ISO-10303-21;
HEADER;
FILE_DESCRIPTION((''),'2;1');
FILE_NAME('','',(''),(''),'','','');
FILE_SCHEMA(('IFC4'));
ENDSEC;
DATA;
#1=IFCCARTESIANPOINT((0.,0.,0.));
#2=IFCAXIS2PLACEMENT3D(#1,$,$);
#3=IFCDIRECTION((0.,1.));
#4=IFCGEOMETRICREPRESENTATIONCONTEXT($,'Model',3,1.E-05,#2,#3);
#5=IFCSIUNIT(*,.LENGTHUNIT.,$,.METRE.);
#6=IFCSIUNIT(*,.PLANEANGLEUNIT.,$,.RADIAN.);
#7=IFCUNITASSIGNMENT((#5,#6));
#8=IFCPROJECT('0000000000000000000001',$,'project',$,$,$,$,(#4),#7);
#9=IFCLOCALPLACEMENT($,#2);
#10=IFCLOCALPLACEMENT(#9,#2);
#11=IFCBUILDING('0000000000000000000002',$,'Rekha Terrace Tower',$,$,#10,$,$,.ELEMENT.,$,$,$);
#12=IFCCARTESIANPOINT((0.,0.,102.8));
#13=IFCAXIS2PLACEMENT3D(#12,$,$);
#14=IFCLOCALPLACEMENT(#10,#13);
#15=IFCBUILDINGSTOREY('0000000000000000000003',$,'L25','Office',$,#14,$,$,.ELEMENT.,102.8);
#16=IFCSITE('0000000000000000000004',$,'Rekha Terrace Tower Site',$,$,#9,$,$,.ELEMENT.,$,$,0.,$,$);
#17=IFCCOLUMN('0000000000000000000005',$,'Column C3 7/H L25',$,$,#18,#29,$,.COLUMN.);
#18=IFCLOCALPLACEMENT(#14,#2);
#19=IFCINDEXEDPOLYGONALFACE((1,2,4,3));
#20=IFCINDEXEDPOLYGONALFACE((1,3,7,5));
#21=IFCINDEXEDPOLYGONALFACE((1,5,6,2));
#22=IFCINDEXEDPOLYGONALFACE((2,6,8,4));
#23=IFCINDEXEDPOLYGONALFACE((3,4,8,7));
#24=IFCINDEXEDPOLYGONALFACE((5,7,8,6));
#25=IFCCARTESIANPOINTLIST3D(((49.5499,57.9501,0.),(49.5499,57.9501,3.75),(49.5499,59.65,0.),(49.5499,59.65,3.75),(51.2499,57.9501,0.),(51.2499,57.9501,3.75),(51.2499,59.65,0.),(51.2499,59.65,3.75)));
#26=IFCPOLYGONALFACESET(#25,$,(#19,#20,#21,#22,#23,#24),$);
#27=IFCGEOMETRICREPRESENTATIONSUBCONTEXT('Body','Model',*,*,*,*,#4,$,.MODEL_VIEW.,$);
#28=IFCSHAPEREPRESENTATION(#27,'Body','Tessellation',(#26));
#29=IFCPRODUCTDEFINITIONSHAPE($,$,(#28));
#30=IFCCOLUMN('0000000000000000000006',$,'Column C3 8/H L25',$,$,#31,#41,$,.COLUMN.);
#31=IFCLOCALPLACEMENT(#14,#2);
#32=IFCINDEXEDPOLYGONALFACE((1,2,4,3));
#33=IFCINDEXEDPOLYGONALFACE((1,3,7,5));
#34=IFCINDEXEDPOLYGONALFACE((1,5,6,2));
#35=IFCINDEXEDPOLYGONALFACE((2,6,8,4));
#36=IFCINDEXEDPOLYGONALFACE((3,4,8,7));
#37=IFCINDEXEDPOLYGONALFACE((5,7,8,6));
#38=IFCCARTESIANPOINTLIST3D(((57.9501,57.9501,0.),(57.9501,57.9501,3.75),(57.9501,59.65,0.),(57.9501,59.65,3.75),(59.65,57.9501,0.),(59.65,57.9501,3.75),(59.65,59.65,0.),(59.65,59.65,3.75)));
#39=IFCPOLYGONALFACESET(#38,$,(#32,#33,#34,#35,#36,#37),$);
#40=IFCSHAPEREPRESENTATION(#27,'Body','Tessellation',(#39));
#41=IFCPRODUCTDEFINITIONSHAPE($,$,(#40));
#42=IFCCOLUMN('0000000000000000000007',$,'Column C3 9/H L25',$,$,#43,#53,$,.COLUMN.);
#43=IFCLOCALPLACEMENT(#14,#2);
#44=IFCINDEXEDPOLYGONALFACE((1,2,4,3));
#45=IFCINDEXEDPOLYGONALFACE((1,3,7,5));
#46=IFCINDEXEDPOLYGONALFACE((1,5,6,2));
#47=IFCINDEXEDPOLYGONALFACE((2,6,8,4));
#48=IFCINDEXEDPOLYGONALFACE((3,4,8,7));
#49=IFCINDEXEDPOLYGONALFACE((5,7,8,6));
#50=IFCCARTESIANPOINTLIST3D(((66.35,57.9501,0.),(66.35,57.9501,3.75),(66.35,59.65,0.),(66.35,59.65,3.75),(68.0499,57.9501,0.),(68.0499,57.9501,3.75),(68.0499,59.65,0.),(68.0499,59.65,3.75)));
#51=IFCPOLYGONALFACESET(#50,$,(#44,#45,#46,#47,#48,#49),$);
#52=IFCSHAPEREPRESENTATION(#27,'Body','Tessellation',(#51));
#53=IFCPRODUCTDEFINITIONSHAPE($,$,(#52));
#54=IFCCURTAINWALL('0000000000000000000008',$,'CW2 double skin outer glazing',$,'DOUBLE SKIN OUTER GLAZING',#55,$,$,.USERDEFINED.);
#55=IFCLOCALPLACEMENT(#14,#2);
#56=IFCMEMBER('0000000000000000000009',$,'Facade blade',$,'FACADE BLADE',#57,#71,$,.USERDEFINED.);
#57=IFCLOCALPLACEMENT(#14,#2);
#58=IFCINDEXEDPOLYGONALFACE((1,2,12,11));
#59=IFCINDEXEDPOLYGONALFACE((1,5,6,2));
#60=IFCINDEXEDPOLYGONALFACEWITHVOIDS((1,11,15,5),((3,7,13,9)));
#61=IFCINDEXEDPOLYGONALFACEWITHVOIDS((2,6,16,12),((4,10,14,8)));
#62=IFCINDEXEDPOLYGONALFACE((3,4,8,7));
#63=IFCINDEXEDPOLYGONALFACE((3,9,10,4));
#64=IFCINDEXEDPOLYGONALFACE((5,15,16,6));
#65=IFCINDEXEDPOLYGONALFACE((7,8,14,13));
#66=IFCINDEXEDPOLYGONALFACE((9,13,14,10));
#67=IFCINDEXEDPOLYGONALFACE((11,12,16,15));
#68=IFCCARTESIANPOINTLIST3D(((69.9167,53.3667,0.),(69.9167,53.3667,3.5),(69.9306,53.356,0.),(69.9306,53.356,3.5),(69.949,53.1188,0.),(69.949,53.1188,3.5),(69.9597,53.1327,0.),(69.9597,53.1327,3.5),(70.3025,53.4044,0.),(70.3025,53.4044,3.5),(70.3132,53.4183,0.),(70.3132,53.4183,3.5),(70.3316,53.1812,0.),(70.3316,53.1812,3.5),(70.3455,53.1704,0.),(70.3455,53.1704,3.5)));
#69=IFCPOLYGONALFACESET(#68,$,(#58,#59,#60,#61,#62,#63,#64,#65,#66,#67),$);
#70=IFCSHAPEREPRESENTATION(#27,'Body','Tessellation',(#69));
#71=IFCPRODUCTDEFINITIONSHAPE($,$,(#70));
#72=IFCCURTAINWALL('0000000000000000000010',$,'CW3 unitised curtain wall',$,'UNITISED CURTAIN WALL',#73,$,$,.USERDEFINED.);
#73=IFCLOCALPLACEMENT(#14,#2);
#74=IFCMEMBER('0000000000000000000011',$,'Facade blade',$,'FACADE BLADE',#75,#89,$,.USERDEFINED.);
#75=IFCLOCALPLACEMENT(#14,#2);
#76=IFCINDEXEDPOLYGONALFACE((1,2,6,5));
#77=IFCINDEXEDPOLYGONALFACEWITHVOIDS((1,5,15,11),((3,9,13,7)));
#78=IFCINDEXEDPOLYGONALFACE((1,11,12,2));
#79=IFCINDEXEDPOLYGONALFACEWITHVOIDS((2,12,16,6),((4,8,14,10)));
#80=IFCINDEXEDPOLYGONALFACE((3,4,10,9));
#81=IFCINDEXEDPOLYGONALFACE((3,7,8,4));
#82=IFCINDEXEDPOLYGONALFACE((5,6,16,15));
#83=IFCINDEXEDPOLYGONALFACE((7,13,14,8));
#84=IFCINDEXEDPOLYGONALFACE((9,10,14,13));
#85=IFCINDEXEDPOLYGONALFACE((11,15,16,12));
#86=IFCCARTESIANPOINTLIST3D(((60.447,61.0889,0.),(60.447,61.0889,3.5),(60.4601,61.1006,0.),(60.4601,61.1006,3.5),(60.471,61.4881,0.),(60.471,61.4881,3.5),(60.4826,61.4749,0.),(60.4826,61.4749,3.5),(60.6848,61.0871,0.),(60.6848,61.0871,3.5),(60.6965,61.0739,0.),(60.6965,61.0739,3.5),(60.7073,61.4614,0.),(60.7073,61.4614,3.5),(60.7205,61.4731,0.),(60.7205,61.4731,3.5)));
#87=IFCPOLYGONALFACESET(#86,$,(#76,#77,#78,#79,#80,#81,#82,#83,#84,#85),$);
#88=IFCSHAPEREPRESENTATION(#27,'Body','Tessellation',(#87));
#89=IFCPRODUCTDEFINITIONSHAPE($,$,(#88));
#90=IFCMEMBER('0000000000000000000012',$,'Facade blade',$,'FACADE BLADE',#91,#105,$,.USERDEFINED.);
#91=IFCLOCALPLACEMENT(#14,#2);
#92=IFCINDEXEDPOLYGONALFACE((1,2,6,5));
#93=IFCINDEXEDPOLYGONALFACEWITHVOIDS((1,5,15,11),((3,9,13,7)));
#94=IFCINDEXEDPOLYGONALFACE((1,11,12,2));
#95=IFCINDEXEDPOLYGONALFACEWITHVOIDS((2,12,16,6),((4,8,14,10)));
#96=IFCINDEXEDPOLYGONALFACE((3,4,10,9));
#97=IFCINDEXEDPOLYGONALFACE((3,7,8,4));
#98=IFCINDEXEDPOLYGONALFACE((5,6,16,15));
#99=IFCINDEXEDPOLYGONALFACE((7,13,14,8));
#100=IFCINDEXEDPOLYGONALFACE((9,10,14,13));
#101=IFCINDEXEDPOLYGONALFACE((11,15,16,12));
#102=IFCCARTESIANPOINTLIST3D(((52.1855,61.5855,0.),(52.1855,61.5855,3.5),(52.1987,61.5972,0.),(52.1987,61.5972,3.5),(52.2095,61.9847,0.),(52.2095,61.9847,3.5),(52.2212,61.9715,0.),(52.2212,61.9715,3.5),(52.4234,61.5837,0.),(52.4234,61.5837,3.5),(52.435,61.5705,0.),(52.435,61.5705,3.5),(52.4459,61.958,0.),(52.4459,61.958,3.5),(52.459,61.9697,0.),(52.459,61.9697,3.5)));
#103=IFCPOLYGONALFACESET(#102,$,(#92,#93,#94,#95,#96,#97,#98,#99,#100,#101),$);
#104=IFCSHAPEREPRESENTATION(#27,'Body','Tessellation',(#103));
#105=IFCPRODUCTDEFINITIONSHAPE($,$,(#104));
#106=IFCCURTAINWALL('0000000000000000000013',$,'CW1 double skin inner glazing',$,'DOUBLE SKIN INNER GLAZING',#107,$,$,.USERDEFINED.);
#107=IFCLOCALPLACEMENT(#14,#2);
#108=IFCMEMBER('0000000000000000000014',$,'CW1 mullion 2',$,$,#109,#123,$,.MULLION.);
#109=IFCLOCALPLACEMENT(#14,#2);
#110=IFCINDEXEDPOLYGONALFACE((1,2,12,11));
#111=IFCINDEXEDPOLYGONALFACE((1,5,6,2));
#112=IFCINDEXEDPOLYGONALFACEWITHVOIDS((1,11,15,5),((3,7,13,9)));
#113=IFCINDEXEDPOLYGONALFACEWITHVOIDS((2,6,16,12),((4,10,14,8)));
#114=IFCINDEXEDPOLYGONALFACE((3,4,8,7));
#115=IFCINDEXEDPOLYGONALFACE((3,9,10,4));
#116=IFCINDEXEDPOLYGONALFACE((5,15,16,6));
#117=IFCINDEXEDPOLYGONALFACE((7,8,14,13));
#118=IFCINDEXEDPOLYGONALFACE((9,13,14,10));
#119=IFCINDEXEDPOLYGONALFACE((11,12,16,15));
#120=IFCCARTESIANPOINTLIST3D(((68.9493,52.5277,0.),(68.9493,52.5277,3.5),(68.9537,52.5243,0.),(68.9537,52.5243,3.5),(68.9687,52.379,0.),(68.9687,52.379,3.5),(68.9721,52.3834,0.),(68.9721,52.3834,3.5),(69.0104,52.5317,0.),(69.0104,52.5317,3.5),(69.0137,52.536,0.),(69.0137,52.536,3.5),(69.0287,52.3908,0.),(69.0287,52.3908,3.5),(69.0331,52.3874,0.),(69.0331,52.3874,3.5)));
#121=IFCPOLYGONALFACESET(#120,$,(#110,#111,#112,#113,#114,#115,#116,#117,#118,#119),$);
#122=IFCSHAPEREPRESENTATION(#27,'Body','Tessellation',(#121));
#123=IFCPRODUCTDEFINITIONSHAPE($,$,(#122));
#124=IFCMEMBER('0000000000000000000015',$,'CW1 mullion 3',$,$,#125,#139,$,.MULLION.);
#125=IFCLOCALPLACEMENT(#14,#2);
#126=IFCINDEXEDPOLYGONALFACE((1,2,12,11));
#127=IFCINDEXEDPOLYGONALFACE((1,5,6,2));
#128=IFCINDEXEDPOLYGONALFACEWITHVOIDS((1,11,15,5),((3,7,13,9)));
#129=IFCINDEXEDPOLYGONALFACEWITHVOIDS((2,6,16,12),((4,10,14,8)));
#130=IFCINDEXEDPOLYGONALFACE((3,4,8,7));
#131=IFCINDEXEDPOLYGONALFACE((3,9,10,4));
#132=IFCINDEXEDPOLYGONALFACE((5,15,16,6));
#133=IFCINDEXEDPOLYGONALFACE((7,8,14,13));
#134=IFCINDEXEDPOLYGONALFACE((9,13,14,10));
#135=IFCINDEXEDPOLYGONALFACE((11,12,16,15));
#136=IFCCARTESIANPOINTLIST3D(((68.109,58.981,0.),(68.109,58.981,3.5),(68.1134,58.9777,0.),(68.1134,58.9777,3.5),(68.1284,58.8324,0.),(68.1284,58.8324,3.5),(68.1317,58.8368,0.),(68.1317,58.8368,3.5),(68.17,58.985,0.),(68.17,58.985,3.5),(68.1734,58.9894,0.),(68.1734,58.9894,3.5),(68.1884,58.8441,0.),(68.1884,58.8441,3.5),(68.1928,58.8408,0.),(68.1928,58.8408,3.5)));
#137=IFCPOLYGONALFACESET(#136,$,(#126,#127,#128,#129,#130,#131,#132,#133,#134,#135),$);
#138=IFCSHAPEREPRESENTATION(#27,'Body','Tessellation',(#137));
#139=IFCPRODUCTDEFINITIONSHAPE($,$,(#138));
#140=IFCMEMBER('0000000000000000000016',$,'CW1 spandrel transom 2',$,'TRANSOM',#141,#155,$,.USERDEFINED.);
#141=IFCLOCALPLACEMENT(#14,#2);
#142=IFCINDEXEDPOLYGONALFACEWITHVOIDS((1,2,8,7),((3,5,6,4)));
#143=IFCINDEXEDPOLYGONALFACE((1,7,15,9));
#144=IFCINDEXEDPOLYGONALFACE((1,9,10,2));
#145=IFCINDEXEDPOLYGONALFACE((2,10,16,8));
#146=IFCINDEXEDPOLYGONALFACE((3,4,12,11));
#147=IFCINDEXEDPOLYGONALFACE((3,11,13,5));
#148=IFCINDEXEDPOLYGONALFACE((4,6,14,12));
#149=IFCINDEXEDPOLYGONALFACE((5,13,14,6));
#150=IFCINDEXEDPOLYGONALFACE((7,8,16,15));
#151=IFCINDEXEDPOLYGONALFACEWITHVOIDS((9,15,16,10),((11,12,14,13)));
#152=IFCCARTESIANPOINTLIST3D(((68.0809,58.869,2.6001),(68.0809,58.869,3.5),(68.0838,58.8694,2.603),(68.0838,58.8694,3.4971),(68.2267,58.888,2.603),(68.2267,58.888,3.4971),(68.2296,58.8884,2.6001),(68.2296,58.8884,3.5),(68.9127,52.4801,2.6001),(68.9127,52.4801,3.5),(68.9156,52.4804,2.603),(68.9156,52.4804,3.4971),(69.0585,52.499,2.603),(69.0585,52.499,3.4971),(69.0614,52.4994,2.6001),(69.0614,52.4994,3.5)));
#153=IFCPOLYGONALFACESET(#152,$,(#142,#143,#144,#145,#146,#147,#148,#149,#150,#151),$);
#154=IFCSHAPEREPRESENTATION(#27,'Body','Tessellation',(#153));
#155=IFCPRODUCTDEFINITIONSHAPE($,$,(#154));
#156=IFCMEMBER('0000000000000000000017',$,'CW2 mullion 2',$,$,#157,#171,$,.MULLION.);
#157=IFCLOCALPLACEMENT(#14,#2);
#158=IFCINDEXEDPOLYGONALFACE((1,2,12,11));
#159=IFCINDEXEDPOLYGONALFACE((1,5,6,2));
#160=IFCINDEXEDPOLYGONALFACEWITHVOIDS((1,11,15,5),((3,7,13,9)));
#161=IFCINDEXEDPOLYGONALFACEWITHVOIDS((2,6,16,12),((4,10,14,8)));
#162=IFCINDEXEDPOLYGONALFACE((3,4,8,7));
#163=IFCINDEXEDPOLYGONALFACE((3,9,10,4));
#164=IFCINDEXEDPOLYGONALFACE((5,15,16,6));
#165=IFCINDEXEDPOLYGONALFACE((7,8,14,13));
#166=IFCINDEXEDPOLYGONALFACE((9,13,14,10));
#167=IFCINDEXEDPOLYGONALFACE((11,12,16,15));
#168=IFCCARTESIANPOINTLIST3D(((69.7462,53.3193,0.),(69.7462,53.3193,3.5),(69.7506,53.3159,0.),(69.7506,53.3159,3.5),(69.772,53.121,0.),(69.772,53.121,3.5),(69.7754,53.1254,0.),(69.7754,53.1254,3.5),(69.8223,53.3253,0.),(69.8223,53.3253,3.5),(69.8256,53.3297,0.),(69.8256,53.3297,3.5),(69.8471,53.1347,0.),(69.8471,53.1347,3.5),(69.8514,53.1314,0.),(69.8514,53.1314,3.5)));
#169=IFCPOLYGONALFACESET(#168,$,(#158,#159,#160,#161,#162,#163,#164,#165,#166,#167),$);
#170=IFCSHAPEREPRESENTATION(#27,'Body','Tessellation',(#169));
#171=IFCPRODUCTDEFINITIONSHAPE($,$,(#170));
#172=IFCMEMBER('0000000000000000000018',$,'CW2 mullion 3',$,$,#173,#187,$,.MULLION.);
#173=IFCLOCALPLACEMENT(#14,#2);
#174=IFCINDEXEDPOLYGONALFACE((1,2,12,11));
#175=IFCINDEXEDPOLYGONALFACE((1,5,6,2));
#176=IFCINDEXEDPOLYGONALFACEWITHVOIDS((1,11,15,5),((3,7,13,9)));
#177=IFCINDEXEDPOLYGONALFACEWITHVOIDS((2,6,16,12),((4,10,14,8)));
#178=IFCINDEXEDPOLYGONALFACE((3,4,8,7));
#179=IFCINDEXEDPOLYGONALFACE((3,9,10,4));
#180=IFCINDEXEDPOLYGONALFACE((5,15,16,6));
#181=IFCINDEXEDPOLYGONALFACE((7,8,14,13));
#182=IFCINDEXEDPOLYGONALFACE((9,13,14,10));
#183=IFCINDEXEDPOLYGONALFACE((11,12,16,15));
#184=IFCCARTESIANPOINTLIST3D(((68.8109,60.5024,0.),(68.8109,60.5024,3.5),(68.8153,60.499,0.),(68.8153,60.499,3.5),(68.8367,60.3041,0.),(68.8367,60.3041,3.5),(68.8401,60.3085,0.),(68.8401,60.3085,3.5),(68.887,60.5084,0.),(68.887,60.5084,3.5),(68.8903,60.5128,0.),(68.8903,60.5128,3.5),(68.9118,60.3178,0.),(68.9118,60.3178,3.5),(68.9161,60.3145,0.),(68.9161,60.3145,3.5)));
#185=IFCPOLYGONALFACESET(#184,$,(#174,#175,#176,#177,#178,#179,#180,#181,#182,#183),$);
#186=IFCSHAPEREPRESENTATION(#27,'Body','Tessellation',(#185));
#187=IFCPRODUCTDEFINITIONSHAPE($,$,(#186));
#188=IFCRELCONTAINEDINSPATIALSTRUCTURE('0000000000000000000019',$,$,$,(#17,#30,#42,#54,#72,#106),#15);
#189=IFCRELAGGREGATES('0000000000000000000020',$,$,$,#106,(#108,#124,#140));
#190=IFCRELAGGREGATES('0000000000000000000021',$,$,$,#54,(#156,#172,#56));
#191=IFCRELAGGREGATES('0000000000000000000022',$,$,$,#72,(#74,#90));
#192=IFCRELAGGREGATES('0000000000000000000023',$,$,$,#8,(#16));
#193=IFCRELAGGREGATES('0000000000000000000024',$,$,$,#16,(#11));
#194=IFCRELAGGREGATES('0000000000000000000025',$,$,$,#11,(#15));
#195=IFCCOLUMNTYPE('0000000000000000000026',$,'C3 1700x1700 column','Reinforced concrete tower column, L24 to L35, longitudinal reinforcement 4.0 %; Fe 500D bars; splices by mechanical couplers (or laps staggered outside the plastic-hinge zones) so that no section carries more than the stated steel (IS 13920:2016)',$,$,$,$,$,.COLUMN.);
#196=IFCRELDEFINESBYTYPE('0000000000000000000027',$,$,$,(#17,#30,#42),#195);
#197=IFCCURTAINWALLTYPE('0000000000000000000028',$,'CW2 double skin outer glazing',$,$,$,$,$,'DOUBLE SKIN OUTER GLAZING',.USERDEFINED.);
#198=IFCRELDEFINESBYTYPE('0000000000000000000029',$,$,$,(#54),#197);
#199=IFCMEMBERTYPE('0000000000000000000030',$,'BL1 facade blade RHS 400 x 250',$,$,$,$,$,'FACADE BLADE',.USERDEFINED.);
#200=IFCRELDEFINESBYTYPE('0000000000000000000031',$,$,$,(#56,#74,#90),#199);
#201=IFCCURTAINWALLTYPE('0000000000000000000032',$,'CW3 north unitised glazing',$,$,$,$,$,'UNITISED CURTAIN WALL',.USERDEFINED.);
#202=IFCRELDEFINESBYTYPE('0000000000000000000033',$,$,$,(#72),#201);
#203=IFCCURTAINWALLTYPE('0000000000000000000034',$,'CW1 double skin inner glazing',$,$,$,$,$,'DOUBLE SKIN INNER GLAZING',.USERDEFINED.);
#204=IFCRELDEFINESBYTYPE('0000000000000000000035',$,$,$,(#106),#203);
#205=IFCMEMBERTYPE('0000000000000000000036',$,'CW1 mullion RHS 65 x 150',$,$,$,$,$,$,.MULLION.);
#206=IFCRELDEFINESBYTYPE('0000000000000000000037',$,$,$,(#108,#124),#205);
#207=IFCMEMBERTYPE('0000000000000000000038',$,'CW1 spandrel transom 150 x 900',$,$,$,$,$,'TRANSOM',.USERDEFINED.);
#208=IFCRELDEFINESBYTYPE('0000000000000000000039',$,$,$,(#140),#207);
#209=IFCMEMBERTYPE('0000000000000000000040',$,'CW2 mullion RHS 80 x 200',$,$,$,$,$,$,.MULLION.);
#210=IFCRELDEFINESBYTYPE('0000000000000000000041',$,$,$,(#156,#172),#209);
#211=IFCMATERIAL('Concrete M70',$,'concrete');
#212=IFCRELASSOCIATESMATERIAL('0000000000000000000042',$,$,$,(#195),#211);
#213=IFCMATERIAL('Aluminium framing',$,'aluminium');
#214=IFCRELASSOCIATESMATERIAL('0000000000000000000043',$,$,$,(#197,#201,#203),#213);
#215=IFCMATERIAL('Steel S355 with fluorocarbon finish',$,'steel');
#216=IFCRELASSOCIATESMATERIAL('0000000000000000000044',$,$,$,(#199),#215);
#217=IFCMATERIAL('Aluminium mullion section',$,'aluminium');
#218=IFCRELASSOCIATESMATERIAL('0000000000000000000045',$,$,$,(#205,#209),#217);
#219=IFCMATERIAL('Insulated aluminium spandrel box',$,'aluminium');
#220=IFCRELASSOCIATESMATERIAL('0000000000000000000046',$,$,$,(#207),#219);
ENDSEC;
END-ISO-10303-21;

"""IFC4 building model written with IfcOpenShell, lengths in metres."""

from ifc_helpers import new_model, si_unit, direction, frame, origin, origin_2d, place, context, subcontext, project, spatial, rectangle, hollow_rectangle, extrude, material, material_profile, profile_set, type_object, element, aggregate, save


model = new_model("IFC4")

# Units and contexts
model_context = context("Model", 3, precision=1e-05, world=origin(), true_north=direction((0.0, 1.0)))
body_context = subcontext(model_context, "Body", "Model", "MODEL_VIEW")
ifc_project = project(units=[si_unit("LENGTHUNIT", "METRE"), si_unit("PLANEANGLEUNIT", "RADIAN")], contexts=[model_context])

# Site, building, storey
site_placement = place(None, origin())
site = spatial("IfcSite", under=ifc_project, at=site_placement, Name="Rekha Terrace Tower Site", CompositionType="ELEMENT", RefElevation=0.0)
building_placement = place(site_placement, origin())
building = spatial("IfcBuilding", under=site, at=building_placement, Name="Rekha Terrace Tower", CompositionType="ELEMENT")
storey_placement = place(building_placement, frame((0.0, 0.0, 102.8)))
storey = spatial("IfcBuildingStorey", under=building, at=storey_placement, Name="L25", Description="Office", CompositionType="ELEMENT", Elevation=102.8)

# Columns
ifc_material_1 = material(Name="Concrete M70", Category="concrete")
ifc_material_profile_1 = material_profile(ifc_material_1, rectangle(XDim=1.7, YDim=1.7, at=origin_2d()), Name="RC 1700x1700")
ifc_profile_set_1 = profile_set([ifc_material_profile_1], Name="Concrete M70")
column_type = type_object("IfcColumnType", Name="C3 1700x1700 column", Description="Reinforced concrete tower column, L24 to L35, longitudinal reinforcement 4.0 %; Fe 500D bars; splices by mechanical couplers (or laps staggered outside the plastic-hinge zones) so that no section carries more than the stated steel (IS 13920:2016)", PredefinedType="COLUMN", material=ifc_profile_set_1)
for number, where, z_axis, x_axis, name in (
    (1, (50.3999, 58.8, 0.0), (0.0, 0.0, 1.0), (1.0, 0.0, 0.0), "Column C3 7/H L25"),
    (2, (58.8, 58.8, 0.0), (0.0, 0.0, 1.0), (1.0, 0.0, 0.0), "Column C3 8/H L25"),
    (3, (67.2, 58.8, 0.0), (0.0, 0.0, 1.0), (1.0, 0.0, 0.0), "Column C3 9/H L25"),
):
    element("IfcColumn", number, at=place(storey_placement, frame(where, z_axis=z_axis, x_axis=x_axis)), inside=storey, type_object=column_type, Name=name, PredefinedType="COLUMN", context=body_context, shape_type="SweptSolid", body=[
        extrude(rectangle(XDim=1.7, YDim=1.7, at=origin_2d()), origin(), (0.0, 0.0, 1.0), 3.75),
    ])

# Curtain wall, member
ifc_material_2 = material(Name="Aluminium framing", Category="aluminium")
curtain_wall_type_1 = type_object("IfcCurtainWallType", Name="CW2 double skin outer glazing", ElementType="DOUBLE SKIN OUTER GLAZING", PredefinedType="USERDEFINED", material=ifc_material_2)
curtain_wall_1_placement = place(storey_placement, origin())
curtain_wall_1 = element("IfcCurtainWall", 4, at=curtain_wall_1_placement, inside=storey, type_object=curtain_wall_type_1, Name="CW2 double skin outer glazing", ObjectType="DOUBLE SKIN OUTER GLAZING", PredefinedType="USERDEFINED")
ifc_material_3 = material(Name="Steel S355 with fluorocarbon finish", Category="steel")
ifc_material_profile_2 = material_profile(ifc_material_3, hollow_rectangle(XDim=0.25, YDim=0.3999, WallThickness=0.0125, at=origin_2d()), Name="RHS400x250x12.5")
ifc_profile_set_2 = profile_set([ifc_material_profile_2], Name="Steel S355 with fluorocarbon finish")
member_type_1 = type_object("IfcMemberType", Name="BL1 facade blade RHS 400 x 250", ElementType="FACADE BLADE", PredefinedType="USERDEFINED", material=ifc_profile_set_2)
member_1_placement = place(storey_placement, frame((70.1311, 53.2686, 0.0), z_axis=(0.0, 0.0, 1.0), x_axis=(-0.129119, 0.991629, 0.0)))
member_1 = element("IfcMember", 5, at=member_1_placement, type_object=member_type_1, Name="Facade blade", ObjectType="FACADE BLADE", PredefinedType="USERDEFINED", context=body_context, shape_type="SweptSolid", body=[
    extrude(hollow_rectangle(XDim=0.25, YDim=0.3999, WallThickness=0.0125, at=origin_2d()), origin(), (0.0, 0.0, 1.0), 3.5),
])

# Curtain walls, members
curtain_wall_type_2 = type_object("IfcCurtainWallType", Name="CW3 north unitised glazing", ElementType="UNITISED CURTAIN WALL", PredefinedType="USERDEFINED", material=ifc_material_2)
curtain_wall_2_placement = place(storey_placement, origin())
curtain_wall_2 = element("IfcCurtainWall", 6, at=curtain_wall_2_placement, inside=storey, type_object=curtain_wall_type_2, Name="CW3 unitised curtain wall", ObjectType="UNITISED CURTAIN WALL", PredefinedType="USERDEFINED")
member_2_placement = place(storey_placement, frame((60.5837, 61.281, 0.0), z_axis=(0.0, 0.0, 1.0), x_axis=(-0.998199, 0.059988, 0.0)))
member_2 = element("IfcMember", 7, at=member_2_placement, type_object=member_type_1, Name="Facade blade", ObjectType="FACADE BLADE", PredefinedType="USERDEFINED", context=body_context, shape_type="SweptSolid", body=[
    extrude(hollow_rectangle(XDim=0.25, YDim=0.3999, WallThickness=0.0125, at=origin_2d()), origin(), (0.0, 0.0, 1.0), 3.5),
])
member_3_placement = place(storey_placement, frame((52.3223, 61.7776, 0.0), z_axis=(0.0, 0.0, 1.0), x_axis=(-0.998199, 0.059988, 0.0)))
member_3 = element("IfcMember", 8, at=member_3_placement, type_object=member_type_1, Name="Facade blade", ObjectType="FACADE BLADE", PredefinedType="USERDEFINED", context=body_context, shape_type="SweptSolid", body=[
    extrude(hollow_rectangle(XDim=0.25, YDim=0.3999, WallThickness=0.0125, at=origin_2d()), origin(), (0.0, 0.0, 1.0), 3.5),
])
curtain_wall_type_3 = type_object("IfcCurtainWallType", Name="CW1 double skin inner glazing", ElementType="DOUBLE SKIN INNER GLAZING", PredefinedType="USERDEFINED", material=ifc_material_2)
curtain_wall_3_placement = place(storey_placement, origin())
curtain_wall_3 = element("IfcCurtainWall", 9, at=curtain_wall_3_placement, inside=storey, type_object=curtain_wall_type_3, Name="CW1 double skin inner glazing", ObjectType="DOUBLE SKIN INNER GLAZING", PredefinedType="USERDEFINED")
ifc_material_4 = material(Name="Aluminium mullion section", Category="aluminium")
ifc_material_profile_3 = material_profile(ifc_material_4, hollow_rectangle(XDim=0.0649, YDim=0.1499, WallThickness=0.0039, at=origin_2d()), Name="AL RHS 65x150")
ifc_profile_set_3 = profile_set([ifc_material_profile_3], Name="Aluminium mullion section")
member_type_2 = type_object("IfcMemberType", Name="CW1 mullion RHS 65 x 150", PredefinedType="MULLION", material=ifc_profile_set_3)
member_4_placement = place(storey_placement, frame((68.9912, 52.4575, 0.0), z_axis=(0.0, 0.0, 1.0), x_axis=(-0.991629, -0.129118, 0.0)))
member_4 = element("IfcMember", 10, at=member_4_placement, type_object=member_type_2, Name="CW1 mullion 2", PredefinedType="MULLION", context=body_context, shape_type="SweptSolid", body=[
    extrude(hollow_rectangle(XDim=0.0649, YDim=0.1499, WallThickness=0.0039, at=origin_2d()), origin(), (0.0, 0.0, 1.0), 3.5),
])
member_5_placement = place(storey_placement, frame((68.1509, 58.9109, 0.0), z_axis=(0.0, 0.0, 1.0), x_axis=(-0.991629, -0.129118, 0.0)))
member_5 = element("IfcMember", 11, at=member_5_placement, type_object=member_type_2, Name="CW1 mullion 3", PredefinedType="MULLION", context=body_context, shape_type="SweptSolid", body=[
    extrude(hollow_rectangle(XDim=0.0649, YDim=0.1499, WallThickness=0.0039, at=origin_2d()), origin(), (0.0, 0.0, 1.0), 3.5),
])
ifc_material_5 = material(Name="Insulated aluminium spandrel box", Category="aluminium")
ifc_material_profile_4 = material_profile(ifc_material_5, hollow_rectangle(XDim=0.1499, YDim=0.8999, WallThickness=0.0029, at=origin_2d()), Name="AL SPANDREL BOX 150x900")
ifc_profile_set_4 = profile_set([ifc_material_profile_4], Name="Insulated aluminium spandrel box")
member_type_3 = type_object("IfcMemberType", Name="CW1 spandrel transom 150 x 900", ElementType="TRANSOM", PredefinedType="USERDEFINED", material=ifc_profile_set_4)
member_6_placement = place(storey_placement, frame((68.9871, 52.4897, 3.05), z_axis=(-0.129103, 0.991631, 0.0), x_axis=(-0.991631, -0.129103, 0.0)))
member_6 = element("IfcMember", 12, at=member_6_placement, type_object=member_type_3, Name="CW1 spandrel transom 2", ObjectType="TRANSOM", PredefinedType="USERDEFINED", context=body_context, shape_type="SweptSolid", body=[
    extrude(hollow_rectangle(XDim=0.1499, YDim=0.8999, WallThickness=0.0029, at=origin_2d()), origin(), (0.0, 0.0, 1.0), 6.4429),
])

# Members
ifc_material_profile_5 = material_profile(ifc_material_4, hollow_rectangle(XDim=0.0801, YDim=0.2, WallThickness=0.0039, at=origin_2d()), Name="AL RHS 80x200")
ifc_profile_set_5 = profile_set([ifc_material_profile_5], Name="Aluminium mullion section")
member_type_4 = type_object("IfcMemberType", Name="CW2 mullion RHS 80 x 200", PredefinedType="MULLION", material=ifc_profile_set_5)
member_7_placement = place(storey_placement, frame((69.7988, 53.2253, 0.0), z_axis=(0.0, 0.0, 1.0), x_axis=(-0.991629, -0.129118, 0.0)))
member_7 = element("IfcMember", 13, at=member_7_placement, type_object=member_type_4, Name="CW2 mullion 2", PredefinedType="MULLION", context=body_context, shape_type="SweptSolid", body=[
    extrude(hollow_rectangle(XDim=0.0801, YDim=0.2, WallThickness=0.0039, at=origin_2d()), origin(), (0.0, 0.0, 1.0), 3.5),
])
member_8_placement = place(storey_placement, frame((68.8635, 60.4084, 0.0), z_axis=(0.0, 0.0, 1.0), x_axis=(-0.991629, -0.129118, 0.0)))
member_8 = element("IfcMember", 14, at=member_8_placement, type_object=member_type_4, Name="CW2 mullion 3", PredefinedType="MULLION", context=body_context, shape_type="SweptSolid", body=[
    extrude(hollow_rectangle(XDim=0.0801, YDim=0.2, WallThickness=0.0039, at=origin_2d()), origin(), (0.0, 0.0, 1.0), 3.5),
])

aggregate(curtain_wall_3, [member_4, member_5, member_6])
aggregate(curtain_wall_1, [member_7, member_8, member_1])
aggregate(curtain_wall_2, [member_2, member_3])

save(model, "model.ifc")
